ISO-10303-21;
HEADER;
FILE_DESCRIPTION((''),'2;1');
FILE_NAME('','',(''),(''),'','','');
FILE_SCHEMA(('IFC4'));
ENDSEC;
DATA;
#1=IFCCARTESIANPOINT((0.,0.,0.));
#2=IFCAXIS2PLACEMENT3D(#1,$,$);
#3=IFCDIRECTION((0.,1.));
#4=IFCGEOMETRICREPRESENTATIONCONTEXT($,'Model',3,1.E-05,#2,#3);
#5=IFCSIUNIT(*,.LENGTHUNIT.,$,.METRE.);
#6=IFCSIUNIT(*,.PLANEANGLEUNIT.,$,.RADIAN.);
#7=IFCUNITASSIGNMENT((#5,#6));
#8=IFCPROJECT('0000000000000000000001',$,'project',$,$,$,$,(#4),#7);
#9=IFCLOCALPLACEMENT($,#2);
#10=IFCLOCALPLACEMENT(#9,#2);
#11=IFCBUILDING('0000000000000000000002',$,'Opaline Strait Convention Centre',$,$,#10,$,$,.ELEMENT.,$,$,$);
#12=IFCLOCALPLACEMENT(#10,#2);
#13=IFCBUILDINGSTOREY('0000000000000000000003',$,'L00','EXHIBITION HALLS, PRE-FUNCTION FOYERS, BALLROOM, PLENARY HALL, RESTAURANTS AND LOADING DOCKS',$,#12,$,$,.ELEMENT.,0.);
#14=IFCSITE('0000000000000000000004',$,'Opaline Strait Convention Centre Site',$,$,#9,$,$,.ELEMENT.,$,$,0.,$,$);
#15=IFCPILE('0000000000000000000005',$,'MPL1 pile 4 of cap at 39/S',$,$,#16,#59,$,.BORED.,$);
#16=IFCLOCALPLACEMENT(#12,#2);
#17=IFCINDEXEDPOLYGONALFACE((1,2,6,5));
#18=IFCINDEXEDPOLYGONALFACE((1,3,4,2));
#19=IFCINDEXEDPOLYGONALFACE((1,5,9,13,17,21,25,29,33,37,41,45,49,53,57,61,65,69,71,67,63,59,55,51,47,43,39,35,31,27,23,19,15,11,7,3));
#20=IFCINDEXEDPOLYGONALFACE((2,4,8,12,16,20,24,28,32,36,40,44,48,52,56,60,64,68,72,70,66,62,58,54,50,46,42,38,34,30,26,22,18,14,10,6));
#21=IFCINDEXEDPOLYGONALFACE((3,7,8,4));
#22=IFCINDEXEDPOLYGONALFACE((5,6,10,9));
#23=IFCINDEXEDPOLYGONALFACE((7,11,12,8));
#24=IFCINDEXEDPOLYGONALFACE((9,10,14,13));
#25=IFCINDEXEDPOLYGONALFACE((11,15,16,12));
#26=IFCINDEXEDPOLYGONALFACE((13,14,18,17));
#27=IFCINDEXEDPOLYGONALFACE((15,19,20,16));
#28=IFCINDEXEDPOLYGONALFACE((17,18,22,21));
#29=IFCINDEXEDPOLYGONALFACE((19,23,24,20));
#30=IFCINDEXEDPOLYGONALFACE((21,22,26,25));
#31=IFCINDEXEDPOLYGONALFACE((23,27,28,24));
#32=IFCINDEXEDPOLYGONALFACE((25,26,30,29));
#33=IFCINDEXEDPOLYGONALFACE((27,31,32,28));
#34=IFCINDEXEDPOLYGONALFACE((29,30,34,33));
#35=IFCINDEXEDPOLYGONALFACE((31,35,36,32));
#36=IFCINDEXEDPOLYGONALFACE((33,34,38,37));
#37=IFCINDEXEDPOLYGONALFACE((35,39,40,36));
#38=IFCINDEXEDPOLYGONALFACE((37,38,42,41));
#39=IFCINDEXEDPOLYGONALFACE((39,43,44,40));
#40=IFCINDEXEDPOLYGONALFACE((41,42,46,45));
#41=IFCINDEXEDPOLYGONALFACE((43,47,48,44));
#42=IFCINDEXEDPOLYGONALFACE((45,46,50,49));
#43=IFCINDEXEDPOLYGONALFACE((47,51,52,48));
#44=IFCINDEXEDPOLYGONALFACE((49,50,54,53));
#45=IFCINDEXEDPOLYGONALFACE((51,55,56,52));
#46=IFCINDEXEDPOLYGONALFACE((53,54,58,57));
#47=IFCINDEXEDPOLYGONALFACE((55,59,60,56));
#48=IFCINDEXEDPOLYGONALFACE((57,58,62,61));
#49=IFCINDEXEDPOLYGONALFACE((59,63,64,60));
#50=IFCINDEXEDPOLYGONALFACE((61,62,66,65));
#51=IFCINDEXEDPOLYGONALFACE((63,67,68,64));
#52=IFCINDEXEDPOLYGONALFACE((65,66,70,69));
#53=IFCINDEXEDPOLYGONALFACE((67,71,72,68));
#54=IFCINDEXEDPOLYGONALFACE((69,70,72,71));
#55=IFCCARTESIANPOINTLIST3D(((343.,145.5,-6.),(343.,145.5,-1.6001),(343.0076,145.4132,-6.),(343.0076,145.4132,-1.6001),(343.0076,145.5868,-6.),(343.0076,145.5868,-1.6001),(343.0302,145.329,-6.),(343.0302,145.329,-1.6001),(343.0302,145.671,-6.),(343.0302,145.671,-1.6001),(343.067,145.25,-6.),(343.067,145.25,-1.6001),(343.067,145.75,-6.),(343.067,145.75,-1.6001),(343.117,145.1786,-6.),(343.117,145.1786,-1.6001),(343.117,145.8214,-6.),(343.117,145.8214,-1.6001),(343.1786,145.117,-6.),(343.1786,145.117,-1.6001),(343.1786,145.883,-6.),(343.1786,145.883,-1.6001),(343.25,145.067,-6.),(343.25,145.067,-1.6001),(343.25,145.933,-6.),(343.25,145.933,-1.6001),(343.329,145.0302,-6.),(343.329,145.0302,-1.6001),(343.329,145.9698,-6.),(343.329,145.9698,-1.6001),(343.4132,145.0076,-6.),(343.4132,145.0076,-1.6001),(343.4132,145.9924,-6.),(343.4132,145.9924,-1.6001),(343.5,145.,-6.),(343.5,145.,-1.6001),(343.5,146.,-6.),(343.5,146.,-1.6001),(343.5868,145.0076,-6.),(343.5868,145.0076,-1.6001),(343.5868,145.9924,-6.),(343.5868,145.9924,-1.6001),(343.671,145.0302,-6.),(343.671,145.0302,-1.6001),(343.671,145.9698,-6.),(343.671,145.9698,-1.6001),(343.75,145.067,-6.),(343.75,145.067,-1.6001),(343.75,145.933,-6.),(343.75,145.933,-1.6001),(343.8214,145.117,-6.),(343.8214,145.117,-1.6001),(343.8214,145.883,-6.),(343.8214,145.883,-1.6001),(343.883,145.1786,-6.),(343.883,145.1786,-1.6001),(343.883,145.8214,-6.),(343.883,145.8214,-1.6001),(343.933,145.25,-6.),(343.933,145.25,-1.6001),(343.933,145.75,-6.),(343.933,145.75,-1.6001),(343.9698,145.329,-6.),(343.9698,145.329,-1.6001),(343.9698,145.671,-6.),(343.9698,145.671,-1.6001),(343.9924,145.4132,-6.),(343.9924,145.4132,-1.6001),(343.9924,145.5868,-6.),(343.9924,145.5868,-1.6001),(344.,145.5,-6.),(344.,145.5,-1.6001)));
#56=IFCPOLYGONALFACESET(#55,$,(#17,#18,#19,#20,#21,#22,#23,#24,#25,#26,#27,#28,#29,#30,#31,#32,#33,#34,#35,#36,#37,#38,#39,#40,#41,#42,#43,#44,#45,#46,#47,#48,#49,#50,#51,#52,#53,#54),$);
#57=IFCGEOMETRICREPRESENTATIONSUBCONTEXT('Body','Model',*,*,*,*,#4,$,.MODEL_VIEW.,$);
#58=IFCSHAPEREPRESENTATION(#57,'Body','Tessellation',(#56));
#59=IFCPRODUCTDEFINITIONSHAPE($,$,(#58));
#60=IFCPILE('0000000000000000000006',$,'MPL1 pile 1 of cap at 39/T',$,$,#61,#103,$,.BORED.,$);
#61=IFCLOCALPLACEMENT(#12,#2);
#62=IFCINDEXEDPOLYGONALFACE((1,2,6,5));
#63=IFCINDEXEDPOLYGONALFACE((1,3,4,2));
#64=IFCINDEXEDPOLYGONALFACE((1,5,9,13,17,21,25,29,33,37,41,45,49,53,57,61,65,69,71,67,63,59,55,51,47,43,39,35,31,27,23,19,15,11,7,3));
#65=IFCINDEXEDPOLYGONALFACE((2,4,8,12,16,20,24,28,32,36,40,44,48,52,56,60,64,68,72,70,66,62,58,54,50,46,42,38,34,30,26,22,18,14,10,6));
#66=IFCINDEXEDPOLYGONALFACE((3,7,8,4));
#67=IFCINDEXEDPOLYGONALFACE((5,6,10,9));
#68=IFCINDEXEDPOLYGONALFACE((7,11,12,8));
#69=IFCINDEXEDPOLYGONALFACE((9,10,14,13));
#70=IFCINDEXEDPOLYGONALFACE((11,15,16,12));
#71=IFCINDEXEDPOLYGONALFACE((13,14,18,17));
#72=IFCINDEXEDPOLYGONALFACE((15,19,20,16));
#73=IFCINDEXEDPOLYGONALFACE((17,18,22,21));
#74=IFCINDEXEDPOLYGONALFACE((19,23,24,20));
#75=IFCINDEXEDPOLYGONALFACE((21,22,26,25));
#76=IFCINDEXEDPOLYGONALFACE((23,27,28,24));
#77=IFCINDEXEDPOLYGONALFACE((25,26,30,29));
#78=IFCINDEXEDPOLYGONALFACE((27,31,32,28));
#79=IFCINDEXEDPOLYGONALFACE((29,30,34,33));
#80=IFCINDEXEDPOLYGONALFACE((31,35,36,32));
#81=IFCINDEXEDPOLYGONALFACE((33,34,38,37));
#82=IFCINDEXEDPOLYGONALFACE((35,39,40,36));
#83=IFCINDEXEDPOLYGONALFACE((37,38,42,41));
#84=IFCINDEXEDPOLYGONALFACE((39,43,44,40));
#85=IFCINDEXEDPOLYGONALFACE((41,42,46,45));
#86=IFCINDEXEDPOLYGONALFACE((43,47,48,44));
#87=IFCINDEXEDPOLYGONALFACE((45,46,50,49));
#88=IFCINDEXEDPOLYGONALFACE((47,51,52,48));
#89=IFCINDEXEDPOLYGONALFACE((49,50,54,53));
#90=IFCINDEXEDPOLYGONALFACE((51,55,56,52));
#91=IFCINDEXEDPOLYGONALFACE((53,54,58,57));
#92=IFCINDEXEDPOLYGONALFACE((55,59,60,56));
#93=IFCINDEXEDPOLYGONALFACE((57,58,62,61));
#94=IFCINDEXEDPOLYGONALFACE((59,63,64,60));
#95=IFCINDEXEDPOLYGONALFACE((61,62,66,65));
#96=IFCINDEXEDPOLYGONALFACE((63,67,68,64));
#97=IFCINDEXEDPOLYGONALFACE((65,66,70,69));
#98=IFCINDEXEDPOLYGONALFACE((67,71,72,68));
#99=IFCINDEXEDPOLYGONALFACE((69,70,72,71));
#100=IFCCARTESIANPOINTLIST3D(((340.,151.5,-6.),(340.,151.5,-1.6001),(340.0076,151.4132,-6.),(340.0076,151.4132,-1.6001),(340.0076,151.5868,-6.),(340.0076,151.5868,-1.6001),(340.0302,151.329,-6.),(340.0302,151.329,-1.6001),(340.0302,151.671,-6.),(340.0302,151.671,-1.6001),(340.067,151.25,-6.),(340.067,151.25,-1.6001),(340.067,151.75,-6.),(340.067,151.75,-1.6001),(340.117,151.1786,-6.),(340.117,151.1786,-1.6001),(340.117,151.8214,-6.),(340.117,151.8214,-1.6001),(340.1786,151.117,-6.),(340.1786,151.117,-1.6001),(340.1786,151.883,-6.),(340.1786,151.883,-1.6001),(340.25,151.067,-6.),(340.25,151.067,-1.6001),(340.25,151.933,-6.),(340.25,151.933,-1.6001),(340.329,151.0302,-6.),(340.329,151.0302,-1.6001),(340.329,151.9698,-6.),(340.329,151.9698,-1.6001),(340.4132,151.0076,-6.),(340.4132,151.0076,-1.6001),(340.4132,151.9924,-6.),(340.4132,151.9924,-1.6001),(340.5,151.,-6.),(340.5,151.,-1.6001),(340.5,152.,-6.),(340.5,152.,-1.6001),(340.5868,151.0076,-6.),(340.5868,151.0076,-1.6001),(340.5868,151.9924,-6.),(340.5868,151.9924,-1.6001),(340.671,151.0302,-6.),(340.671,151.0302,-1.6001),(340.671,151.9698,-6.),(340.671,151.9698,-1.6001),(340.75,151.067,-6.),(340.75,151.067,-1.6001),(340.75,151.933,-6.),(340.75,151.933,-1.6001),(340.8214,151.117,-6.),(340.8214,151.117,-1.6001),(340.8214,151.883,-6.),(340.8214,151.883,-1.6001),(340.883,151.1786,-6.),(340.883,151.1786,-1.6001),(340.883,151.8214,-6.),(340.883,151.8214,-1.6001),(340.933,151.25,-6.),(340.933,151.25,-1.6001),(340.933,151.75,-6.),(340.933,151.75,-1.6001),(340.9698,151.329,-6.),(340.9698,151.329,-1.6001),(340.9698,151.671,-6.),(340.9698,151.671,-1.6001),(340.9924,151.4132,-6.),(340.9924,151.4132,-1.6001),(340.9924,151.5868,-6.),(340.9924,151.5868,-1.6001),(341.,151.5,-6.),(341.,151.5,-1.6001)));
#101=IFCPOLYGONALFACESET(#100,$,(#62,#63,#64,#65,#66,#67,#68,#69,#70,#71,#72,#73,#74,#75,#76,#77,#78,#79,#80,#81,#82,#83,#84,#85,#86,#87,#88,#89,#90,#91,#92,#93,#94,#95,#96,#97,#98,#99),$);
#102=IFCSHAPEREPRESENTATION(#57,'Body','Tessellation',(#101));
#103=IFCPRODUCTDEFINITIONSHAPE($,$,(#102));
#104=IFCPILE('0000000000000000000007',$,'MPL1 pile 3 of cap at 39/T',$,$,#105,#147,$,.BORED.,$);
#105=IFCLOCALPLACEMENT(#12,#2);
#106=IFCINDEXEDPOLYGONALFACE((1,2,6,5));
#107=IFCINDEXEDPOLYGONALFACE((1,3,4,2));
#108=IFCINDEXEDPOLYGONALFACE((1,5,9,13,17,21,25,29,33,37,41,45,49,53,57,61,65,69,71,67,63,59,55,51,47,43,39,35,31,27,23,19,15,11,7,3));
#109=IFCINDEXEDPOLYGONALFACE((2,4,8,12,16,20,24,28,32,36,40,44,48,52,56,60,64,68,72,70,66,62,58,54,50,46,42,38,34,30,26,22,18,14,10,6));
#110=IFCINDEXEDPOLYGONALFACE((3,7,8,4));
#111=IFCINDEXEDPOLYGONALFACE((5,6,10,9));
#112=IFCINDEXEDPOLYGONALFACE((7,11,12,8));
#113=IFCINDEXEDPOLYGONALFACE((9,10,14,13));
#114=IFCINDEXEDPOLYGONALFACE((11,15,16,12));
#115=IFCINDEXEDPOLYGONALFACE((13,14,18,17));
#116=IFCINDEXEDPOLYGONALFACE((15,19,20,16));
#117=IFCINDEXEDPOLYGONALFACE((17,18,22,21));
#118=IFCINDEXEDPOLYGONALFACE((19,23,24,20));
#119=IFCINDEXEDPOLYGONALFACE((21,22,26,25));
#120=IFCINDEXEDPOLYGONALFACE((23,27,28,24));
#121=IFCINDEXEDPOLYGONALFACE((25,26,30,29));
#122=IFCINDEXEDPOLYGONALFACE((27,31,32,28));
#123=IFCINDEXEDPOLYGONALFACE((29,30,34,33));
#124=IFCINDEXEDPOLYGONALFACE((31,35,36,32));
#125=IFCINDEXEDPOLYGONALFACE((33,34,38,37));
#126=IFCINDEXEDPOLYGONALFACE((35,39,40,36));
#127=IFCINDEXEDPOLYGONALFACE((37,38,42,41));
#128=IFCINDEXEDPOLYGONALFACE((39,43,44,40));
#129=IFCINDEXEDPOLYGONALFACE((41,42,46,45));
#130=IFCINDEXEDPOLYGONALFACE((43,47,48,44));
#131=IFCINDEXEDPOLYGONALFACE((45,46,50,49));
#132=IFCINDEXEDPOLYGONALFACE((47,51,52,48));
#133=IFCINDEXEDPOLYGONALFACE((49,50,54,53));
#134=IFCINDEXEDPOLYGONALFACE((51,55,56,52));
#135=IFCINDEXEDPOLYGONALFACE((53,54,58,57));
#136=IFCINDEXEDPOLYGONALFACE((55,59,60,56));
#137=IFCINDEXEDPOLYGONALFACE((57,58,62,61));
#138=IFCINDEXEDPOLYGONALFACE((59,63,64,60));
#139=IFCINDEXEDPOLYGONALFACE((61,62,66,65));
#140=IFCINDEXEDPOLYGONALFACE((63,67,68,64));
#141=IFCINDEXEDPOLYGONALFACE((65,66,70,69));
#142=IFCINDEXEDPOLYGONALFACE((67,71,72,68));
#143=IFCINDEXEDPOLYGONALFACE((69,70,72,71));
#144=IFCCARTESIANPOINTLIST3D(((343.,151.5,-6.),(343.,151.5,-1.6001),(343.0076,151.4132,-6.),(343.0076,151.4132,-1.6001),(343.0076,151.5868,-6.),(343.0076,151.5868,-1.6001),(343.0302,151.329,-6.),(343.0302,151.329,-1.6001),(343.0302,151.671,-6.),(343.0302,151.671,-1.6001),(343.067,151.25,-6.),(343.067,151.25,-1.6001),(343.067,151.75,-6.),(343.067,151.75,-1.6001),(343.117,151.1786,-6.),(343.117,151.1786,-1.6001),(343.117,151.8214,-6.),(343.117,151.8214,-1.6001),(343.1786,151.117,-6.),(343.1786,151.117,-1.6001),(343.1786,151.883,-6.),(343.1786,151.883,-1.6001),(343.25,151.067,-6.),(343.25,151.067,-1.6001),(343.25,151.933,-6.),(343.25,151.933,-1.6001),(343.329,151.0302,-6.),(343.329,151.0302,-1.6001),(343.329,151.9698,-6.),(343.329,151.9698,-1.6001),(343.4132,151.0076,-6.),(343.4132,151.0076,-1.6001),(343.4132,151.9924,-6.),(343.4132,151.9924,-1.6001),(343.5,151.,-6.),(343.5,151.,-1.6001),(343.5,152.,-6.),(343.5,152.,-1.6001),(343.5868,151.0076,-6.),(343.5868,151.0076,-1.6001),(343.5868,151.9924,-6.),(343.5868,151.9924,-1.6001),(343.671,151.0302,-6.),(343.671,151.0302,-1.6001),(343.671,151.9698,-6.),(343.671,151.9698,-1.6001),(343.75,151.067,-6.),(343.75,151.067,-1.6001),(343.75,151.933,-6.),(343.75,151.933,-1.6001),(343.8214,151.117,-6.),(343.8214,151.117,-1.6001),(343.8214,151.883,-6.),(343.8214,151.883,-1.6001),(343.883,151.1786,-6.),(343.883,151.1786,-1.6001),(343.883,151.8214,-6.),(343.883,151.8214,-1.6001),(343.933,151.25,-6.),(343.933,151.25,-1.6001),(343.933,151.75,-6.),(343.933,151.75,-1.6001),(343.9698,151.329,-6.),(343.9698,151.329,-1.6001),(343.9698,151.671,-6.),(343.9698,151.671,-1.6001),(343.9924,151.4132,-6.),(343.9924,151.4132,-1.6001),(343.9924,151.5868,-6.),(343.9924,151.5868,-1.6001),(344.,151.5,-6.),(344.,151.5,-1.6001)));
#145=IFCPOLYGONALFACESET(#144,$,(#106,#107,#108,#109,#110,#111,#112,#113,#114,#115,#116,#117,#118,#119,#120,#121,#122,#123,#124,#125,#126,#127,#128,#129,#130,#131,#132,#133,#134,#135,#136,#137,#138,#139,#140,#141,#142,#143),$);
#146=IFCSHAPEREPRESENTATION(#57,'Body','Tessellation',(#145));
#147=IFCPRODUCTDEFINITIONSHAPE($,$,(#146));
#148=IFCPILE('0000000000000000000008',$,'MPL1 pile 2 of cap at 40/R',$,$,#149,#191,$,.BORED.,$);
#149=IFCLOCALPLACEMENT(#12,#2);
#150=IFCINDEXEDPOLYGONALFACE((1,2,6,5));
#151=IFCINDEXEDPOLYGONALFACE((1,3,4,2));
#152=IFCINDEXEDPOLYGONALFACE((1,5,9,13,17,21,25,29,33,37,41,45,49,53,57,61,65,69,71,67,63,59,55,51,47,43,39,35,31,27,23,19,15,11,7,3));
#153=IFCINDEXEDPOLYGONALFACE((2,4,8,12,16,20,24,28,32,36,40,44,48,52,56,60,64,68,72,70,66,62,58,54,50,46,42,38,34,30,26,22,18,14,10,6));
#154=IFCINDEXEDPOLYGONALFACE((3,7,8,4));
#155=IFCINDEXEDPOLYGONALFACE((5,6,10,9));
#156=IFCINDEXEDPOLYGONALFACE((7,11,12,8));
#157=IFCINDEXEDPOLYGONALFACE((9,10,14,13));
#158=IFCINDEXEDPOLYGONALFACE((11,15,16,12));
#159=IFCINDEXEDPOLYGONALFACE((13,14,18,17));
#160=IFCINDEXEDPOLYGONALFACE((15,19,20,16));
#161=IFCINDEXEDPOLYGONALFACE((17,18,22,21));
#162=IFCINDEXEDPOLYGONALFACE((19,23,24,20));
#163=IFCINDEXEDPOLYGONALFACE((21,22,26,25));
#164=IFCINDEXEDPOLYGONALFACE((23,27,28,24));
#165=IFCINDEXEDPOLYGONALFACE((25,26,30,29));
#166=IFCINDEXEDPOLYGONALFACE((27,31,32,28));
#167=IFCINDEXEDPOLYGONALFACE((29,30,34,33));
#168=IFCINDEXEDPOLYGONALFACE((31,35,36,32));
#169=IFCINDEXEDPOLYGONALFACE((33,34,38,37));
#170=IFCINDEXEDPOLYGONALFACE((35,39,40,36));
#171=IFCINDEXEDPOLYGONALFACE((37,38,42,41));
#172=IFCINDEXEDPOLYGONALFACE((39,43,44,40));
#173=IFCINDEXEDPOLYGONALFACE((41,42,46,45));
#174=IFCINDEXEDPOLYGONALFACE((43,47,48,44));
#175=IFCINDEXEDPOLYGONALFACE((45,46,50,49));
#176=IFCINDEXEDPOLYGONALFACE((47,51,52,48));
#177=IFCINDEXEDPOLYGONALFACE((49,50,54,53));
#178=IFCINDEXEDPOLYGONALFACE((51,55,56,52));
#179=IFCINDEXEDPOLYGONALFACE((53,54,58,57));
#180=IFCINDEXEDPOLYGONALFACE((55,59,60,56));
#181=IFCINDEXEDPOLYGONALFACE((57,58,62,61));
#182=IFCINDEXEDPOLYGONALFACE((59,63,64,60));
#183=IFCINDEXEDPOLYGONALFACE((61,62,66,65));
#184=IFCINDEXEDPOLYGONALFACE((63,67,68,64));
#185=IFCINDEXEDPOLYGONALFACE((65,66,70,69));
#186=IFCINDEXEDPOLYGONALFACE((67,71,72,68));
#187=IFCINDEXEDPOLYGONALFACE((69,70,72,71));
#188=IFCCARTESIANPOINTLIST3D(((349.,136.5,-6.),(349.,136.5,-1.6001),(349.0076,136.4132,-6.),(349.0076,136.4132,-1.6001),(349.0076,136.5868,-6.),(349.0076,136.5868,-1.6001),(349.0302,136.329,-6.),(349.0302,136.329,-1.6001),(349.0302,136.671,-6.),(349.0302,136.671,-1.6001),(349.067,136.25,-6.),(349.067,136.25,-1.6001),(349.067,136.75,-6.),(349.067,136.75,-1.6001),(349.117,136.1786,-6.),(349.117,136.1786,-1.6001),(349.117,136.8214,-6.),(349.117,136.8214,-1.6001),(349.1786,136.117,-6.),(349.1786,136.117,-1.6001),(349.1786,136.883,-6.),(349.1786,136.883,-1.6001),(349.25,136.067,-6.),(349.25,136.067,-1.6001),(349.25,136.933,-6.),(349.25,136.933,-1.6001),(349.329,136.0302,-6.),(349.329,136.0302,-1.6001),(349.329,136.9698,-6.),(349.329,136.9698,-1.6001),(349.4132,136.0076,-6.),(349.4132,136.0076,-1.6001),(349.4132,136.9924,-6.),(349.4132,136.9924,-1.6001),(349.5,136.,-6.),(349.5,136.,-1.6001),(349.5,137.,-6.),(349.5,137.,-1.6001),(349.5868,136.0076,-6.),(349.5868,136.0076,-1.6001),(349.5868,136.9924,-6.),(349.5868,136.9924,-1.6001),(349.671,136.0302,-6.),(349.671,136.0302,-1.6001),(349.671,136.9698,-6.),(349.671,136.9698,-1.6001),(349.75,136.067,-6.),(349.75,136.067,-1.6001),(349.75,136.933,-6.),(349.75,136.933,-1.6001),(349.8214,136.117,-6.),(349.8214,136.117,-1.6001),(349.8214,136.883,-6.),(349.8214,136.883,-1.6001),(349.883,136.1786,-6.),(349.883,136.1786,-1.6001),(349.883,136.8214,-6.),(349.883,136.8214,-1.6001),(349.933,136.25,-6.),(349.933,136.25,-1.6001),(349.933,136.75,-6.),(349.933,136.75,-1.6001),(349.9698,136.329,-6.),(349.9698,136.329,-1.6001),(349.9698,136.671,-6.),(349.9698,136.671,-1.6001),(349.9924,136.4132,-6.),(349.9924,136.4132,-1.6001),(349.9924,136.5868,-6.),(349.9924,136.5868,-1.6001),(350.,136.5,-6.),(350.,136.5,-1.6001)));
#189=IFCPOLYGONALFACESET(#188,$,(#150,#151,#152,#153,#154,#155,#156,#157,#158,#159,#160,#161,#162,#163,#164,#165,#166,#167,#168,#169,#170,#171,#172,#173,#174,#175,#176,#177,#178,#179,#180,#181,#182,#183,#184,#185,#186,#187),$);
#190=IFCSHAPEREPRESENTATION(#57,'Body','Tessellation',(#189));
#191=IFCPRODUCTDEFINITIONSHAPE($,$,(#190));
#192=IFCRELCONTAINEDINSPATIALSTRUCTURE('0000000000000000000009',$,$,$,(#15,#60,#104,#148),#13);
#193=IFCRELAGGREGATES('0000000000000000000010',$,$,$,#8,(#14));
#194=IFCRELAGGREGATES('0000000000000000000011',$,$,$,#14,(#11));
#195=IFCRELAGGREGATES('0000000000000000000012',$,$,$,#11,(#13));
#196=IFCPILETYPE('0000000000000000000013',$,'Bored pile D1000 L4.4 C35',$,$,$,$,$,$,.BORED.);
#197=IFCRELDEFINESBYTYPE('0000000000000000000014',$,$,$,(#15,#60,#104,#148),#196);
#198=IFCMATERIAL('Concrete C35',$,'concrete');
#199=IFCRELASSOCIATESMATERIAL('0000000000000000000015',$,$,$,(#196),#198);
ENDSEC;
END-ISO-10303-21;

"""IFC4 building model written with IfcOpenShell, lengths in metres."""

from ifc_helpers import new_model, si_unit, direction, frame, origin, origin_2d, place, context, subcontext, project, spatial, circle, extrude, material, material_profile, profile_set, type_object, element, save


model = new_model("IFC4")

# Units and contexts
model_context = context("Model", 3, precision=1e-05, world=origin(), true_north=direction((0.0, 1.0)))
body_context = subcontext(model_context, "Body", "Model", "MODEL_VIEW")
ifc_project = project(units=[si_unit("LENGTHUNIT", "METRE"), si_unit("PLANEANGLEUNIT", "RADIAN")], contexts=[model_context])

# Site, building, storey
site_placement = place(None, origin())
site = spatial("IfcSite", under=ifc_project, at=site_placement, Name="Opaline Strait Convention Centre Site", CompositionType="ELEMENT", RefElevation=0.0)
building_placement = place(site_placement, origin())
building = spatial("IfcBuilding", under=site, at=building_placement, Name="Opaline Strait Convention Centre", CompositionType="ELEMENT")
storey_placement = place(building_placement, origin())
storey = spatial("IfcBuildingStorey", under=building, at=storey_placement, Name="L00", Description="EXHIBITION HALLS, PRE-FUNCTION FOYERS, BALLROOM, PLENARY HALL, RESTAURANTS AND LOADING DOCKS", CompositionType="ELEMENT", Elevation=0.0)

# Piles
ifc_material_1 = material(Name="Concrete C35", Category="concrete")
ifc_material_profile_1 = material_profile(ifc_material_1, circle(Radius=0.5, at=origin_2d()), Name="D1000")
ifc_profile_set_1 = profile_set([ifc_material_profile_1], Name="Concrete C35")
pile_type = type_object("IfcPileType", Name="Bored pile D1000 L4.4 C35", PredefinedType="BORED", material=ifc_profile_set_1)
for number, where, z_axis, x_axis, name in (
    (1, (343.5, 145.5, -1.6001), (0.0, 0.0, -1.0), (1.0, 0.0, 0.0), "MPL1 pile 4 of cap at 39/S"),
    (2, (340.5, 151.5, -1.6001), (0.0, 0.0, -1.0), (1.0, 0.0, 0.0), "MPL1 pile 1 of cap at 39/T"),
    (3, (343.5, 151.5, -1.6001), (0.0, 0.0, -1.0), (1.0, 0.0, 0.0), "MPL1 pile 3 of cap at 39/T"),
    (4, (349.5, 136.5, -1.6001), (0.0, 0.0, -1.0), (1.0, 0.0, 0.0), "MPL1 pile 2 of cap at 40/R"),
):
    element("IfcPile", number, at=place(storey_placement, frame(where, z_axis=z_axis, x_axis=x_axis)), inside=storey, type_object=pile_type, Name=name, PredefinedType="BORED", context=body_context, shape_type="SweptSolid", body=[
        extrude(circle(Radius=0.5, at=origin_2d()), origin(), (0.0, 0.0, 1.0), 4.3999),
    ])

save(model, "model.ifc")
